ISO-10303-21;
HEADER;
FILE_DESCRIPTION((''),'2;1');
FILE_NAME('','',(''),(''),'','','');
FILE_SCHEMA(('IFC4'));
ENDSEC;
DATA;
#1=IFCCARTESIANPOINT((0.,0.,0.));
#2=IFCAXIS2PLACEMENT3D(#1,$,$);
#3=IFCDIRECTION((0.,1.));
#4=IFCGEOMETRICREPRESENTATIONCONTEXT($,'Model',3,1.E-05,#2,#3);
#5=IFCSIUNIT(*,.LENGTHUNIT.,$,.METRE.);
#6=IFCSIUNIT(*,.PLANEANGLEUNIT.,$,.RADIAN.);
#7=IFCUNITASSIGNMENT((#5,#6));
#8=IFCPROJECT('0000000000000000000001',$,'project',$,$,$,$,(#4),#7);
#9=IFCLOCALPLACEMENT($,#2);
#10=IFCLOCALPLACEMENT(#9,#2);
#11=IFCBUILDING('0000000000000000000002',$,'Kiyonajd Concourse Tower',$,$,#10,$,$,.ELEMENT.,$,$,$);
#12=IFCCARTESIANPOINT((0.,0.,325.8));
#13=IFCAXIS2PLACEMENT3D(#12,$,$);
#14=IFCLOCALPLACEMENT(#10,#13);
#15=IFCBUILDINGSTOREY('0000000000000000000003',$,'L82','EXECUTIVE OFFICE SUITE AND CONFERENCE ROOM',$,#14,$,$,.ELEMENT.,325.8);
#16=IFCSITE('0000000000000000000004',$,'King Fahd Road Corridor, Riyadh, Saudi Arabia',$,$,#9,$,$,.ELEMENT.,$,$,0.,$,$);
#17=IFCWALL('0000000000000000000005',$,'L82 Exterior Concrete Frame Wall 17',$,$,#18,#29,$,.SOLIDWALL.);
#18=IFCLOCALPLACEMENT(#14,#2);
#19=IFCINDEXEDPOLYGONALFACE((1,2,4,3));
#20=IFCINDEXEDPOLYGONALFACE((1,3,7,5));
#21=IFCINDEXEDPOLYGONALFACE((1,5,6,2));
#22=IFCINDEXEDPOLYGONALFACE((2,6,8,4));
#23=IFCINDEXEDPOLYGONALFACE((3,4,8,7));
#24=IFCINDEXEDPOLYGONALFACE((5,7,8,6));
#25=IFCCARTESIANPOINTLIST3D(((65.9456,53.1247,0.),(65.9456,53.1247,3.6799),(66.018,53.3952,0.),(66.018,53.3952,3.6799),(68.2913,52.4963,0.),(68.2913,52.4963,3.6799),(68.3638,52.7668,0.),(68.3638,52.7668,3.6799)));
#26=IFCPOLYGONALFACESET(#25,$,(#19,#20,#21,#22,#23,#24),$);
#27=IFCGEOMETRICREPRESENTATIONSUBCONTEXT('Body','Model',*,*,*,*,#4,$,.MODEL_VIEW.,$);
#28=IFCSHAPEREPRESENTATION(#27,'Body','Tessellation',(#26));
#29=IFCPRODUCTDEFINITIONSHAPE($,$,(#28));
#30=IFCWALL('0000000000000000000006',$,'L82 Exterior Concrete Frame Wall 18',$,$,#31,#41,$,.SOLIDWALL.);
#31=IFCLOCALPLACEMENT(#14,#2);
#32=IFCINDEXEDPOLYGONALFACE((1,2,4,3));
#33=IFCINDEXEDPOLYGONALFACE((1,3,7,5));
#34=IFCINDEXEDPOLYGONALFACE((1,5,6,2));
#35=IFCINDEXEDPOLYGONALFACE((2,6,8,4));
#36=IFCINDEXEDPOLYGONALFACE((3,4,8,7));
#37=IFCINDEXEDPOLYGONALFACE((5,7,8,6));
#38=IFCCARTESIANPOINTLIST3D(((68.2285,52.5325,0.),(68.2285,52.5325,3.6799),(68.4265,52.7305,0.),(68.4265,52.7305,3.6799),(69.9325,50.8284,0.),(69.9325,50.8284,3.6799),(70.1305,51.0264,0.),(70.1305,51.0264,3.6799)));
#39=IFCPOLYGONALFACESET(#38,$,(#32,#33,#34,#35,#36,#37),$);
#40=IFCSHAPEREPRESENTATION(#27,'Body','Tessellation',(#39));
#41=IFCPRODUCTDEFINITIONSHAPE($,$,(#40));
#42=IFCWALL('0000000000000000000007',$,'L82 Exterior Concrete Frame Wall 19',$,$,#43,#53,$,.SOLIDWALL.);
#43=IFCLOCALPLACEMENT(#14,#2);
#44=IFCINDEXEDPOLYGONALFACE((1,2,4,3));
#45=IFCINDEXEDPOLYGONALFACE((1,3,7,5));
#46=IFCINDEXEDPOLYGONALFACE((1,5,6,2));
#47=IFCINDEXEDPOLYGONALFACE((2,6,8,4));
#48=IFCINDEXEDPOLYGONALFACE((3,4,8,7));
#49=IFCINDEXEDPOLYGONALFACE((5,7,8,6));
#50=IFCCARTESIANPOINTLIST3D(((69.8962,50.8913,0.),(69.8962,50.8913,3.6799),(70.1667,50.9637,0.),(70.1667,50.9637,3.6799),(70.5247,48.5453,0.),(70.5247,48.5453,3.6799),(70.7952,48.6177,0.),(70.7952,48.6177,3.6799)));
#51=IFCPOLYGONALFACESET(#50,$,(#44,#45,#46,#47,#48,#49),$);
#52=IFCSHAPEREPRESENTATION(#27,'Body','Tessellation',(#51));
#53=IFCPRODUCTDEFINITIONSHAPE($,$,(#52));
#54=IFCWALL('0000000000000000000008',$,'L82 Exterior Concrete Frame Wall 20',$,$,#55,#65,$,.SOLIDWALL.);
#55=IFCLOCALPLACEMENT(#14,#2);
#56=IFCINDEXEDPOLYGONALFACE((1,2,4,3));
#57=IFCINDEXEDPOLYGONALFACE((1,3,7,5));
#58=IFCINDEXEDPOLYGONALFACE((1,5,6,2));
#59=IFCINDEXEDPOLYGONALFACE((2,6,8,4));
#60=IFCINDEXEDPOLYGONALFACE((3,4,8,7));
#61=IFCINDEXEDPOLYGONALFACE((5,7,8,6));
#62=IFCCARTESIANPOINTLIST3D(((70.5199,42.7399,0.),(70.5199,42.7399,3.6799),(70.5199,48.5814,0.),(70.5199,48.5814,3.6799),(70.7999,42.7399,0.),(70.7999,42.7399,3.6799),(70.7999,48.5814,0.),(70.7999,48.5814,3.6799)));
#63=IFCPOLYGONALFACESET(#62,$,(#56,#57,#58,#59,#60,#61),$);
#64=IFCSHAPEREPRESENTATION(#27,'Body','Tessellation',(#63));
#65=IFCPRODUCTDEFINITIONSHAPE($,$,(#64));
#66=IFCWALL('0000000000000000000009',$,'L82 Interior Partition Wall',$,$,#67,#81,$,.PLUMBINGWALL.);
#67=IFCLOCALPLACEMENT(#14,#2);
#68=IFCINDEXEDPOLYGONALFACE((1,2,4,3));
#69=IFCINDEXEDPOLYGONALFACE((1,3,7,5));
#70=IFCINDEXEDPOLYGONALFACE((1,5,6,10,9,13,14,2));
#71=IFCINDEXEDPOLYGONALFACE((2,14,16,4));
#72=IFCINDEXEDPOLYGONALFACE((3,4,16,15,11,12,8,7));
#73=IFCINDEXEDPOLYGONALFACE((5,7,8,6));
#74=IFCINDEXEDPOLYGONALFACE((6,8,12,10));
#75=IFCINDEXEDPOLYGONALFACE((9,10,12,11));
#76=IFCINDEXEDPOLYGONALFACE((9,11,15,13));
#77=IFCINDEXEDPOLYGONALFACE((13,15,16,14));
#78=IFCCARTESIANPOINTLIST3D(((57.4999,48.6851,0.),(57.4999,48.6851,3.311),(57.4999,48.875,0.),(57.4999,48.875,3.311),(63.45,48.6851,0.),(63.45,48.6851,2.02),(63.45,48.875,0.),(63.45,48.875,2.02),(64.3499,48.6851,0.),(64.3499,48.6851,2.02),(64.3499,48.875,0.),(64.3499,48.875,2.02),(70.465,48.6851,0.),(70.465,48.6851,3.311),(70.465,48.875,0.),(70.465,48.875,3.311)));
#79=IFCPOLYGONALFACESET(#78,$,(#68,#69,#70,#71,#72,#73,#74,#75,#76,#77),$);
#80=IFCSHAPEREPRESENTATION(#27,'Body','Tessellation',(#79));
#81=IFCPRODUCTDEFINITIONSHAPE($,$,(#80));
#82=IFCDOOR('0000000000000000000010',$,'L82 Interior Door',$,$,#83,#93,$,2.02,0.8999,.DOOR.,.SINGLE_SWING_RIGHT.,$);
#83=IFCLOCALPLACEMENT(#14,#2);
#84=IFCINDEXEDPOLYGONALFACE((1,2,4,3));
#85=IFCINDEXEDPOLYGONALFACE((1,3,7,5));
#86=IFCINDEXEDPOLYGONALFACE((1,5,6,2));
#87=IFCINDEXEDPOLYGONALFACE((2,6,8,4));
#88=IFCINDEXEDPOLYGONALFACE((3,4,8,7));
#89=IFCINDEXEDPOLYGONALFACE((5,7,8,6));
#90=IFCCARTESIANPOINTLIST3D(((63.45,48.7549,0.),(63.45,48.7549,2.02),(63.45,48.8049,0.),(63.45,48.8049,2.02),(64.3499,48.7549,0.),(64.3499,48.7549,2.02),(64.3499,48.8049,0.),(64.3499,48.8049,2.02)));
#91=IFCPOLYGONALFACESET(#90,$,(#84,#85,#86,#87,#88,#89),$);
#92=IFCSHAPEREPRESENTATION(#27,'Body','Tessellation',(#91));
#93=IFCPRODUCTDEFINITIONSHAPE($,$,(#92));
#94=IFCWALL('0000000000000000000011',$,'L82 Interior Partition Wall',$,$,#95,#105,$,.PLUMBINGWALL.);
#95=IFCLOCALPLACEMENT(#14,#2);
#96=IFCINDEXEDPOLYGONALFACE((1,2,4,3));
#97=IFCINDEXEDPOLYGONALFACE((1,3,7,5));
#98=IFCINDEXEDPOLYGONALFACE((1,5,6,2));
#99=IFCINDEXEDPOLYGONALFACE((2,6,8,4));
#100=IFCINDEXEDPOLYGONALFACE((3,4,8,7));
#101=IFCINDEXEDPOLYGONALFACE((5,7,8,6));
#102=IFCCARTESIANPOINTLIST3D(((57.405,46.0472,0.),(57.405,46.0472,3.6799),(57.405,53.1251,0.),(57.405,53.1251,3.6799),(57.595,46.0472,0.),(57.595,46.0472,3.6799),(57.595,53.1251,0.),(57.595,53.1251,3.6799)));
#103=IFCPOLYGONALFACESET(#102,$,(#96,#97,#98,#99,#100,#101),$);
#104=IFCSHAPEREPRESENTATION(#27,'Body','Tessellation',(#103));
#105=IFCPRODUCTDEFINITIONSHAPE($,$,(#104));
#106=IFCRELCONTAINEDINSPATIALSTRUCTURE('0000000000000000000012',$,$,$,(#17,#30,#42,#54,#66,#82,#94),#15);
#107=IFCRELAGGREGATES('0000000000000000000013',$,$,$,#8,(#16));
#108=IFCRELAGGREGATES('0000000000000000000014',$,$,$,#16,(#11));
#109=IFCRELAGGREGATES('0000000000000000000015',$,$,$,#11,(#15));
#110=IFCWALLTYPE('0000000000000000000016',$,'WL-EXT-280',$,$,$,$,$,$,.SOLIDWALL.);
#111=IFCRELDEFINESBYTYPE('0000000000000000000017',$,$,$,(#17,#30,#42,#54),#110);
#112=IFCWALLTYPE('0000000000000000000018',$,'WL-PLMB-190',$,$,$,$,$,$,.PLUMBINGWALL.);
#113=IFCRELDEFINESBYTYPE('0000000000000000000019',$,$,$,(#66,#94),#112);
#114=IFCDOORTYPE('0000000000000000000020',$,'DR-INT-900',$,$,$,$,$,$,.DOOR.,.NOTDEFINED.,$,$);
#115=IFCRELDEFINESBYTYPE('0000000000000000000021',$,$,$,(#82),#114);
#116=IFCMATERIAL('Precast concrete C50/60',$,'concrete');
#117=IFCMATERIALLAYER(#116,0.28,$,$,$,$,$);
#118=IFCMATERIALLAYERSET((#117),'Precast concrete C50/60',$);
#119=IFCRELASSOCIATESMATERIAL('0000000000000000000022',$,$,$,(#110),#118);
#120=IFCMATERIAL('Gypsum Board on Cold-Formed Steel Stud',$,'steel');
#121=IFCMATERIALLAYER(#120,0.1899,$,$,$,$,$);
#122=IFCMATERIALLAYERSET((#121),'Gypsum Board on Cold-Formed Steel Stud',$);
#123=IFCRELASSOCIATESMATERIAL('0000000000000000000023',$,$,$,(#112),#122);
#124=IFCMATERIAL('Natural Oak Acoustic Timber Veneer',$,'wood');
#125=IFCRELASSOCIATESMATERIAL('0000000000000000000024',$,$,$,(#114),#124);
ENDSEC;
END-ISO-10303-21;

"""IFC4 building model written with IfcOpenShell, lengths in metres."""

from ifc_helpers import new_model, si_unit, direction, frame, frame_2d, origin, place, context, subcontext, project, spatial, rectangle, extrude, material, layer, layer_set, type_object, element, fill, save


model = new_model("IFC4")

# Units and contexts
model_context = context("Model", 3, precision=1e-05, world=origin(), true_north=direction((0.0, 1.0)))
body_context = subcontext(model_context, "Body", "Model", "MODEL_VIEW")
ifc_project = project(units=[si_unit("LENGTHUNIT", "METRE"), si_unit("PLANEANGLEUNIT", "RADIAN")], contexts=[model_context])

# Site, building, storey
site_placement = place(None, origin())
site = spatial("IfcSite", under=ifc_project, at=site_placement, Name="King Fahd Road Corridor, Riyadh, Saudi Arabia", CompositionType="ELEMENT", RefElevation=0.0)
building_placement = place(site_placement, origin())
building = spatial("IfcBuilding", under=site, at=building_placement, Name="Kiyonajd Concourse Tower", CompositionType="ELEMENT")
storey_placement = place(building_placement, frame((0.0, 0.0, 325.8)))
storey = spatial("IfcBuildingStorey", under=building, at=storey_placement, Name="L82", Description="EXECUTIVE OFFICE SUITE AND CONFERENCE ROOM", CompositionType="ELEMENT", Elevation=325.8)

# Walls
ifc_material_1 = material(Name="Precast concrete C50/60", Category="concrete")
ifc_layer_1 = layer(ifc_material_1, 0.28)
ifc_layer_set_1 = layer_set([ifc_layer_1], Name="Precast concrete C50/60")
wall_type_1 = type_object("IfcWallType", Name="WL-EXT-280", PredefinedType="SOLIDWALL", material=ifc_layer_set_1)
wall_1_placement = place(storey_placement, frame((65.9817, 53.26, 0.0), z_axis=(0.0, 0.0, 1.0), x_axis=(0.965937, -0.258776, 0.0)))
element("IfcWall", 1, at=wall_1_placement, inside=storey, type_object=wall_type_1, Name="L82 Exterior Concrete Frame Wall 17", PredefinedType="SOLIDWALL", context=body_context, shape_type="SweptSolid", body=[
    extrude(rectangle(XDim=2.4285, YDim=0.28, at=frame_2d((1.2144, 0.0))), origin(), (0.0, 0.0, 1.0), 3.6799),
])
wall_2_placement = place(storey_placement, frame((68.3274, 52.6316, 0.0), z_axis=(0.0, 0.0, 1.0), x_axis=(0.707107, -0.707107, 0.0)))
element("IfcWall", 2, at=wall_2_placement, inside=storey, type_object=wall_type_1, Name="L82 Exterior Concrete Frame Wall 18", PredefinedType="SOLIDWALL", context=body_context, shape_type="SweptSolid", body=[
    extrude(rectangle(XDim=2.4099, YDim=0.28, at=frame_2d((1.2051, 0.0))), origin(), (0.0, 0.0, 1.0), 3.6799),
])
wall_3_placement = place(storey_placement, frame((70.0315, 50.9275, 0.0), z_axis=(0.0, 0.0, 1.0), x_axis=(0.258751, -0.965944, 0.0)))
element("IfcWall", 3, at=wall_3_placement, inside=storey, type_object=wall_type_1, Name="L82 Exterior Concrete Frame Wall 19", PredefinedType="SOLIDWALL", context=body_context, shape_type="SweptSolid", body=[
    extrude(rectangle(XDim=2.4287, YDim=0.28, at=frame_2d((1.2144, 0.0))), origin(), (0.0, 0.0, 1.0), 3.6799),
])
wall_4_placement = place(storey_placement, frame((70.6599, 48.5815, 0.0), z_axis=(0.0, 0.0, 1.0), x_axis=(0.0, -1.0, 0.0)))
element("IfcWall", 4, at=wall_4_placement, inside=storey, type_object=wall_type_1, Name="L82 Exterior Concrete Frame Wall 20", PredefinedType="SOLIDWALL", context=body_context, shape_type="SweptSolid", body=[
    extrude(rectangle(XDim=5.8416, YDim=0.28, at=frame_2d((2.9209, 0.0))), origin(), (0.0, 0.0, 1.0), 3.6799),
])

# Wall, opening, door
ifc_material_2 = material(Name="Gypsum Board on Cold-Formed Steel Stud", Category="steel")
ifc_layer_2 = layer(ifc_material_2, 0.1899)
ifc_layer_set_2 = layer_set([ifc_layer_2], Name="Gypsum Board on Cold-Formed Steel Stud")
wall_type_2 = type_object("IfcWallType", Name="WL-PLMB-190", PredefinedType="PLUMBINGWALL", material=ifc_layer_set_2)
wall_5_placement = place(storey_placement, frame((57.5, 48.78, 0.0), z_axis=(0.0, 0.0, 1.0), x_axis=(1.0, 0.0, 0.0)))
wall_5 = element("IfcWall", 5, at=wall_5_placement, inside=storey, type_object=wall_type_2, Name="L82 Interior Partition Wall", PredefinedType="PLUMBINGWALL", context=body_context, shape_type="SweptSolid", body=[
    extrude(rectangle(XDim=12.9651, YDim=0.1899, at=frame_2d((6.4824, 0.0))), origin(), (0.0, 0.0, 1.0), 3.311),
])
opening_placement = place(wall_5_placement, frame((5.95, 0.0, 0.0)))
opening = element("IfcOpeningElement", 6, at=opening_placement, cuts=wall_5, PredefinedType="OPENING", context=body_context, shape_type="SweptSolid", body=[
    extrude(rectangle(XDim=0.8999, YDim=2.02, at=frame_2d((0.45, 1.01))), frame((0.0, 0.105, 0.0), z_axis=(0.0, -1.0, 0.0), x_axis=(1.0, 0.0, 0.0)), (0.0, 0.0, 1.0), 0.21),
])
ifc_material_3 = material(Name="Natural Oak Acoustic Timber Veneer", Category="wood")
door_type = type_object("IfcDoorType", Name="DR-INT-900", OperationType="NOTDEFINED", PredefinedType="DOOR", material=ifc_material_3)
door_placement = place(opening_placement, origin())
door = element("IfcDoor", 7, at=door_placement, inside=storey, type_object=door_type, Name="L82 Interior Door", OperationType="SINGLE_SWING_RIGHT", OverallHeight=2.02, OverallWidth=0.8999, PredefinedType="DOOR", context=body_context, shape_type="SweptSolid", body=[
    extrude(rectangle(XDim=0.8999, YDim=2.02, at=frame_2d((0.45, 1.01))), frame((0.0, 0.0249, 0.0), z_axis=(0.0, -1.0, 0.0), x_axis=(1.0, 0.0, 0.0)), (0.0, 0.0, 1.0), 0.05),
])
fill(opening, door)

# Wall
wall_6_placement = place(storey_placement, frame((57.5, 46.0471, 0.0), z_axis=(0.0, 0.0, 1.0), x_axis=(0.0, 1.0, 0.0)))
element("IfcWall", 8, at=wall_6_placement, inside=storey, type_object=wall_type_2, Name="L82 Interior Partition Wall", PredefinedType="PLUMBINGWALL", context=body_context, shape_type="SweptSolid", body=[
    extrude(rectangle(XDim=7.0779, YDim=0.1899, at=frame_2d((3.5391, 0.0))), origin(), (0.0, 0.0, 1.0), 3.6799),
])

save(model, "model.ifc")
